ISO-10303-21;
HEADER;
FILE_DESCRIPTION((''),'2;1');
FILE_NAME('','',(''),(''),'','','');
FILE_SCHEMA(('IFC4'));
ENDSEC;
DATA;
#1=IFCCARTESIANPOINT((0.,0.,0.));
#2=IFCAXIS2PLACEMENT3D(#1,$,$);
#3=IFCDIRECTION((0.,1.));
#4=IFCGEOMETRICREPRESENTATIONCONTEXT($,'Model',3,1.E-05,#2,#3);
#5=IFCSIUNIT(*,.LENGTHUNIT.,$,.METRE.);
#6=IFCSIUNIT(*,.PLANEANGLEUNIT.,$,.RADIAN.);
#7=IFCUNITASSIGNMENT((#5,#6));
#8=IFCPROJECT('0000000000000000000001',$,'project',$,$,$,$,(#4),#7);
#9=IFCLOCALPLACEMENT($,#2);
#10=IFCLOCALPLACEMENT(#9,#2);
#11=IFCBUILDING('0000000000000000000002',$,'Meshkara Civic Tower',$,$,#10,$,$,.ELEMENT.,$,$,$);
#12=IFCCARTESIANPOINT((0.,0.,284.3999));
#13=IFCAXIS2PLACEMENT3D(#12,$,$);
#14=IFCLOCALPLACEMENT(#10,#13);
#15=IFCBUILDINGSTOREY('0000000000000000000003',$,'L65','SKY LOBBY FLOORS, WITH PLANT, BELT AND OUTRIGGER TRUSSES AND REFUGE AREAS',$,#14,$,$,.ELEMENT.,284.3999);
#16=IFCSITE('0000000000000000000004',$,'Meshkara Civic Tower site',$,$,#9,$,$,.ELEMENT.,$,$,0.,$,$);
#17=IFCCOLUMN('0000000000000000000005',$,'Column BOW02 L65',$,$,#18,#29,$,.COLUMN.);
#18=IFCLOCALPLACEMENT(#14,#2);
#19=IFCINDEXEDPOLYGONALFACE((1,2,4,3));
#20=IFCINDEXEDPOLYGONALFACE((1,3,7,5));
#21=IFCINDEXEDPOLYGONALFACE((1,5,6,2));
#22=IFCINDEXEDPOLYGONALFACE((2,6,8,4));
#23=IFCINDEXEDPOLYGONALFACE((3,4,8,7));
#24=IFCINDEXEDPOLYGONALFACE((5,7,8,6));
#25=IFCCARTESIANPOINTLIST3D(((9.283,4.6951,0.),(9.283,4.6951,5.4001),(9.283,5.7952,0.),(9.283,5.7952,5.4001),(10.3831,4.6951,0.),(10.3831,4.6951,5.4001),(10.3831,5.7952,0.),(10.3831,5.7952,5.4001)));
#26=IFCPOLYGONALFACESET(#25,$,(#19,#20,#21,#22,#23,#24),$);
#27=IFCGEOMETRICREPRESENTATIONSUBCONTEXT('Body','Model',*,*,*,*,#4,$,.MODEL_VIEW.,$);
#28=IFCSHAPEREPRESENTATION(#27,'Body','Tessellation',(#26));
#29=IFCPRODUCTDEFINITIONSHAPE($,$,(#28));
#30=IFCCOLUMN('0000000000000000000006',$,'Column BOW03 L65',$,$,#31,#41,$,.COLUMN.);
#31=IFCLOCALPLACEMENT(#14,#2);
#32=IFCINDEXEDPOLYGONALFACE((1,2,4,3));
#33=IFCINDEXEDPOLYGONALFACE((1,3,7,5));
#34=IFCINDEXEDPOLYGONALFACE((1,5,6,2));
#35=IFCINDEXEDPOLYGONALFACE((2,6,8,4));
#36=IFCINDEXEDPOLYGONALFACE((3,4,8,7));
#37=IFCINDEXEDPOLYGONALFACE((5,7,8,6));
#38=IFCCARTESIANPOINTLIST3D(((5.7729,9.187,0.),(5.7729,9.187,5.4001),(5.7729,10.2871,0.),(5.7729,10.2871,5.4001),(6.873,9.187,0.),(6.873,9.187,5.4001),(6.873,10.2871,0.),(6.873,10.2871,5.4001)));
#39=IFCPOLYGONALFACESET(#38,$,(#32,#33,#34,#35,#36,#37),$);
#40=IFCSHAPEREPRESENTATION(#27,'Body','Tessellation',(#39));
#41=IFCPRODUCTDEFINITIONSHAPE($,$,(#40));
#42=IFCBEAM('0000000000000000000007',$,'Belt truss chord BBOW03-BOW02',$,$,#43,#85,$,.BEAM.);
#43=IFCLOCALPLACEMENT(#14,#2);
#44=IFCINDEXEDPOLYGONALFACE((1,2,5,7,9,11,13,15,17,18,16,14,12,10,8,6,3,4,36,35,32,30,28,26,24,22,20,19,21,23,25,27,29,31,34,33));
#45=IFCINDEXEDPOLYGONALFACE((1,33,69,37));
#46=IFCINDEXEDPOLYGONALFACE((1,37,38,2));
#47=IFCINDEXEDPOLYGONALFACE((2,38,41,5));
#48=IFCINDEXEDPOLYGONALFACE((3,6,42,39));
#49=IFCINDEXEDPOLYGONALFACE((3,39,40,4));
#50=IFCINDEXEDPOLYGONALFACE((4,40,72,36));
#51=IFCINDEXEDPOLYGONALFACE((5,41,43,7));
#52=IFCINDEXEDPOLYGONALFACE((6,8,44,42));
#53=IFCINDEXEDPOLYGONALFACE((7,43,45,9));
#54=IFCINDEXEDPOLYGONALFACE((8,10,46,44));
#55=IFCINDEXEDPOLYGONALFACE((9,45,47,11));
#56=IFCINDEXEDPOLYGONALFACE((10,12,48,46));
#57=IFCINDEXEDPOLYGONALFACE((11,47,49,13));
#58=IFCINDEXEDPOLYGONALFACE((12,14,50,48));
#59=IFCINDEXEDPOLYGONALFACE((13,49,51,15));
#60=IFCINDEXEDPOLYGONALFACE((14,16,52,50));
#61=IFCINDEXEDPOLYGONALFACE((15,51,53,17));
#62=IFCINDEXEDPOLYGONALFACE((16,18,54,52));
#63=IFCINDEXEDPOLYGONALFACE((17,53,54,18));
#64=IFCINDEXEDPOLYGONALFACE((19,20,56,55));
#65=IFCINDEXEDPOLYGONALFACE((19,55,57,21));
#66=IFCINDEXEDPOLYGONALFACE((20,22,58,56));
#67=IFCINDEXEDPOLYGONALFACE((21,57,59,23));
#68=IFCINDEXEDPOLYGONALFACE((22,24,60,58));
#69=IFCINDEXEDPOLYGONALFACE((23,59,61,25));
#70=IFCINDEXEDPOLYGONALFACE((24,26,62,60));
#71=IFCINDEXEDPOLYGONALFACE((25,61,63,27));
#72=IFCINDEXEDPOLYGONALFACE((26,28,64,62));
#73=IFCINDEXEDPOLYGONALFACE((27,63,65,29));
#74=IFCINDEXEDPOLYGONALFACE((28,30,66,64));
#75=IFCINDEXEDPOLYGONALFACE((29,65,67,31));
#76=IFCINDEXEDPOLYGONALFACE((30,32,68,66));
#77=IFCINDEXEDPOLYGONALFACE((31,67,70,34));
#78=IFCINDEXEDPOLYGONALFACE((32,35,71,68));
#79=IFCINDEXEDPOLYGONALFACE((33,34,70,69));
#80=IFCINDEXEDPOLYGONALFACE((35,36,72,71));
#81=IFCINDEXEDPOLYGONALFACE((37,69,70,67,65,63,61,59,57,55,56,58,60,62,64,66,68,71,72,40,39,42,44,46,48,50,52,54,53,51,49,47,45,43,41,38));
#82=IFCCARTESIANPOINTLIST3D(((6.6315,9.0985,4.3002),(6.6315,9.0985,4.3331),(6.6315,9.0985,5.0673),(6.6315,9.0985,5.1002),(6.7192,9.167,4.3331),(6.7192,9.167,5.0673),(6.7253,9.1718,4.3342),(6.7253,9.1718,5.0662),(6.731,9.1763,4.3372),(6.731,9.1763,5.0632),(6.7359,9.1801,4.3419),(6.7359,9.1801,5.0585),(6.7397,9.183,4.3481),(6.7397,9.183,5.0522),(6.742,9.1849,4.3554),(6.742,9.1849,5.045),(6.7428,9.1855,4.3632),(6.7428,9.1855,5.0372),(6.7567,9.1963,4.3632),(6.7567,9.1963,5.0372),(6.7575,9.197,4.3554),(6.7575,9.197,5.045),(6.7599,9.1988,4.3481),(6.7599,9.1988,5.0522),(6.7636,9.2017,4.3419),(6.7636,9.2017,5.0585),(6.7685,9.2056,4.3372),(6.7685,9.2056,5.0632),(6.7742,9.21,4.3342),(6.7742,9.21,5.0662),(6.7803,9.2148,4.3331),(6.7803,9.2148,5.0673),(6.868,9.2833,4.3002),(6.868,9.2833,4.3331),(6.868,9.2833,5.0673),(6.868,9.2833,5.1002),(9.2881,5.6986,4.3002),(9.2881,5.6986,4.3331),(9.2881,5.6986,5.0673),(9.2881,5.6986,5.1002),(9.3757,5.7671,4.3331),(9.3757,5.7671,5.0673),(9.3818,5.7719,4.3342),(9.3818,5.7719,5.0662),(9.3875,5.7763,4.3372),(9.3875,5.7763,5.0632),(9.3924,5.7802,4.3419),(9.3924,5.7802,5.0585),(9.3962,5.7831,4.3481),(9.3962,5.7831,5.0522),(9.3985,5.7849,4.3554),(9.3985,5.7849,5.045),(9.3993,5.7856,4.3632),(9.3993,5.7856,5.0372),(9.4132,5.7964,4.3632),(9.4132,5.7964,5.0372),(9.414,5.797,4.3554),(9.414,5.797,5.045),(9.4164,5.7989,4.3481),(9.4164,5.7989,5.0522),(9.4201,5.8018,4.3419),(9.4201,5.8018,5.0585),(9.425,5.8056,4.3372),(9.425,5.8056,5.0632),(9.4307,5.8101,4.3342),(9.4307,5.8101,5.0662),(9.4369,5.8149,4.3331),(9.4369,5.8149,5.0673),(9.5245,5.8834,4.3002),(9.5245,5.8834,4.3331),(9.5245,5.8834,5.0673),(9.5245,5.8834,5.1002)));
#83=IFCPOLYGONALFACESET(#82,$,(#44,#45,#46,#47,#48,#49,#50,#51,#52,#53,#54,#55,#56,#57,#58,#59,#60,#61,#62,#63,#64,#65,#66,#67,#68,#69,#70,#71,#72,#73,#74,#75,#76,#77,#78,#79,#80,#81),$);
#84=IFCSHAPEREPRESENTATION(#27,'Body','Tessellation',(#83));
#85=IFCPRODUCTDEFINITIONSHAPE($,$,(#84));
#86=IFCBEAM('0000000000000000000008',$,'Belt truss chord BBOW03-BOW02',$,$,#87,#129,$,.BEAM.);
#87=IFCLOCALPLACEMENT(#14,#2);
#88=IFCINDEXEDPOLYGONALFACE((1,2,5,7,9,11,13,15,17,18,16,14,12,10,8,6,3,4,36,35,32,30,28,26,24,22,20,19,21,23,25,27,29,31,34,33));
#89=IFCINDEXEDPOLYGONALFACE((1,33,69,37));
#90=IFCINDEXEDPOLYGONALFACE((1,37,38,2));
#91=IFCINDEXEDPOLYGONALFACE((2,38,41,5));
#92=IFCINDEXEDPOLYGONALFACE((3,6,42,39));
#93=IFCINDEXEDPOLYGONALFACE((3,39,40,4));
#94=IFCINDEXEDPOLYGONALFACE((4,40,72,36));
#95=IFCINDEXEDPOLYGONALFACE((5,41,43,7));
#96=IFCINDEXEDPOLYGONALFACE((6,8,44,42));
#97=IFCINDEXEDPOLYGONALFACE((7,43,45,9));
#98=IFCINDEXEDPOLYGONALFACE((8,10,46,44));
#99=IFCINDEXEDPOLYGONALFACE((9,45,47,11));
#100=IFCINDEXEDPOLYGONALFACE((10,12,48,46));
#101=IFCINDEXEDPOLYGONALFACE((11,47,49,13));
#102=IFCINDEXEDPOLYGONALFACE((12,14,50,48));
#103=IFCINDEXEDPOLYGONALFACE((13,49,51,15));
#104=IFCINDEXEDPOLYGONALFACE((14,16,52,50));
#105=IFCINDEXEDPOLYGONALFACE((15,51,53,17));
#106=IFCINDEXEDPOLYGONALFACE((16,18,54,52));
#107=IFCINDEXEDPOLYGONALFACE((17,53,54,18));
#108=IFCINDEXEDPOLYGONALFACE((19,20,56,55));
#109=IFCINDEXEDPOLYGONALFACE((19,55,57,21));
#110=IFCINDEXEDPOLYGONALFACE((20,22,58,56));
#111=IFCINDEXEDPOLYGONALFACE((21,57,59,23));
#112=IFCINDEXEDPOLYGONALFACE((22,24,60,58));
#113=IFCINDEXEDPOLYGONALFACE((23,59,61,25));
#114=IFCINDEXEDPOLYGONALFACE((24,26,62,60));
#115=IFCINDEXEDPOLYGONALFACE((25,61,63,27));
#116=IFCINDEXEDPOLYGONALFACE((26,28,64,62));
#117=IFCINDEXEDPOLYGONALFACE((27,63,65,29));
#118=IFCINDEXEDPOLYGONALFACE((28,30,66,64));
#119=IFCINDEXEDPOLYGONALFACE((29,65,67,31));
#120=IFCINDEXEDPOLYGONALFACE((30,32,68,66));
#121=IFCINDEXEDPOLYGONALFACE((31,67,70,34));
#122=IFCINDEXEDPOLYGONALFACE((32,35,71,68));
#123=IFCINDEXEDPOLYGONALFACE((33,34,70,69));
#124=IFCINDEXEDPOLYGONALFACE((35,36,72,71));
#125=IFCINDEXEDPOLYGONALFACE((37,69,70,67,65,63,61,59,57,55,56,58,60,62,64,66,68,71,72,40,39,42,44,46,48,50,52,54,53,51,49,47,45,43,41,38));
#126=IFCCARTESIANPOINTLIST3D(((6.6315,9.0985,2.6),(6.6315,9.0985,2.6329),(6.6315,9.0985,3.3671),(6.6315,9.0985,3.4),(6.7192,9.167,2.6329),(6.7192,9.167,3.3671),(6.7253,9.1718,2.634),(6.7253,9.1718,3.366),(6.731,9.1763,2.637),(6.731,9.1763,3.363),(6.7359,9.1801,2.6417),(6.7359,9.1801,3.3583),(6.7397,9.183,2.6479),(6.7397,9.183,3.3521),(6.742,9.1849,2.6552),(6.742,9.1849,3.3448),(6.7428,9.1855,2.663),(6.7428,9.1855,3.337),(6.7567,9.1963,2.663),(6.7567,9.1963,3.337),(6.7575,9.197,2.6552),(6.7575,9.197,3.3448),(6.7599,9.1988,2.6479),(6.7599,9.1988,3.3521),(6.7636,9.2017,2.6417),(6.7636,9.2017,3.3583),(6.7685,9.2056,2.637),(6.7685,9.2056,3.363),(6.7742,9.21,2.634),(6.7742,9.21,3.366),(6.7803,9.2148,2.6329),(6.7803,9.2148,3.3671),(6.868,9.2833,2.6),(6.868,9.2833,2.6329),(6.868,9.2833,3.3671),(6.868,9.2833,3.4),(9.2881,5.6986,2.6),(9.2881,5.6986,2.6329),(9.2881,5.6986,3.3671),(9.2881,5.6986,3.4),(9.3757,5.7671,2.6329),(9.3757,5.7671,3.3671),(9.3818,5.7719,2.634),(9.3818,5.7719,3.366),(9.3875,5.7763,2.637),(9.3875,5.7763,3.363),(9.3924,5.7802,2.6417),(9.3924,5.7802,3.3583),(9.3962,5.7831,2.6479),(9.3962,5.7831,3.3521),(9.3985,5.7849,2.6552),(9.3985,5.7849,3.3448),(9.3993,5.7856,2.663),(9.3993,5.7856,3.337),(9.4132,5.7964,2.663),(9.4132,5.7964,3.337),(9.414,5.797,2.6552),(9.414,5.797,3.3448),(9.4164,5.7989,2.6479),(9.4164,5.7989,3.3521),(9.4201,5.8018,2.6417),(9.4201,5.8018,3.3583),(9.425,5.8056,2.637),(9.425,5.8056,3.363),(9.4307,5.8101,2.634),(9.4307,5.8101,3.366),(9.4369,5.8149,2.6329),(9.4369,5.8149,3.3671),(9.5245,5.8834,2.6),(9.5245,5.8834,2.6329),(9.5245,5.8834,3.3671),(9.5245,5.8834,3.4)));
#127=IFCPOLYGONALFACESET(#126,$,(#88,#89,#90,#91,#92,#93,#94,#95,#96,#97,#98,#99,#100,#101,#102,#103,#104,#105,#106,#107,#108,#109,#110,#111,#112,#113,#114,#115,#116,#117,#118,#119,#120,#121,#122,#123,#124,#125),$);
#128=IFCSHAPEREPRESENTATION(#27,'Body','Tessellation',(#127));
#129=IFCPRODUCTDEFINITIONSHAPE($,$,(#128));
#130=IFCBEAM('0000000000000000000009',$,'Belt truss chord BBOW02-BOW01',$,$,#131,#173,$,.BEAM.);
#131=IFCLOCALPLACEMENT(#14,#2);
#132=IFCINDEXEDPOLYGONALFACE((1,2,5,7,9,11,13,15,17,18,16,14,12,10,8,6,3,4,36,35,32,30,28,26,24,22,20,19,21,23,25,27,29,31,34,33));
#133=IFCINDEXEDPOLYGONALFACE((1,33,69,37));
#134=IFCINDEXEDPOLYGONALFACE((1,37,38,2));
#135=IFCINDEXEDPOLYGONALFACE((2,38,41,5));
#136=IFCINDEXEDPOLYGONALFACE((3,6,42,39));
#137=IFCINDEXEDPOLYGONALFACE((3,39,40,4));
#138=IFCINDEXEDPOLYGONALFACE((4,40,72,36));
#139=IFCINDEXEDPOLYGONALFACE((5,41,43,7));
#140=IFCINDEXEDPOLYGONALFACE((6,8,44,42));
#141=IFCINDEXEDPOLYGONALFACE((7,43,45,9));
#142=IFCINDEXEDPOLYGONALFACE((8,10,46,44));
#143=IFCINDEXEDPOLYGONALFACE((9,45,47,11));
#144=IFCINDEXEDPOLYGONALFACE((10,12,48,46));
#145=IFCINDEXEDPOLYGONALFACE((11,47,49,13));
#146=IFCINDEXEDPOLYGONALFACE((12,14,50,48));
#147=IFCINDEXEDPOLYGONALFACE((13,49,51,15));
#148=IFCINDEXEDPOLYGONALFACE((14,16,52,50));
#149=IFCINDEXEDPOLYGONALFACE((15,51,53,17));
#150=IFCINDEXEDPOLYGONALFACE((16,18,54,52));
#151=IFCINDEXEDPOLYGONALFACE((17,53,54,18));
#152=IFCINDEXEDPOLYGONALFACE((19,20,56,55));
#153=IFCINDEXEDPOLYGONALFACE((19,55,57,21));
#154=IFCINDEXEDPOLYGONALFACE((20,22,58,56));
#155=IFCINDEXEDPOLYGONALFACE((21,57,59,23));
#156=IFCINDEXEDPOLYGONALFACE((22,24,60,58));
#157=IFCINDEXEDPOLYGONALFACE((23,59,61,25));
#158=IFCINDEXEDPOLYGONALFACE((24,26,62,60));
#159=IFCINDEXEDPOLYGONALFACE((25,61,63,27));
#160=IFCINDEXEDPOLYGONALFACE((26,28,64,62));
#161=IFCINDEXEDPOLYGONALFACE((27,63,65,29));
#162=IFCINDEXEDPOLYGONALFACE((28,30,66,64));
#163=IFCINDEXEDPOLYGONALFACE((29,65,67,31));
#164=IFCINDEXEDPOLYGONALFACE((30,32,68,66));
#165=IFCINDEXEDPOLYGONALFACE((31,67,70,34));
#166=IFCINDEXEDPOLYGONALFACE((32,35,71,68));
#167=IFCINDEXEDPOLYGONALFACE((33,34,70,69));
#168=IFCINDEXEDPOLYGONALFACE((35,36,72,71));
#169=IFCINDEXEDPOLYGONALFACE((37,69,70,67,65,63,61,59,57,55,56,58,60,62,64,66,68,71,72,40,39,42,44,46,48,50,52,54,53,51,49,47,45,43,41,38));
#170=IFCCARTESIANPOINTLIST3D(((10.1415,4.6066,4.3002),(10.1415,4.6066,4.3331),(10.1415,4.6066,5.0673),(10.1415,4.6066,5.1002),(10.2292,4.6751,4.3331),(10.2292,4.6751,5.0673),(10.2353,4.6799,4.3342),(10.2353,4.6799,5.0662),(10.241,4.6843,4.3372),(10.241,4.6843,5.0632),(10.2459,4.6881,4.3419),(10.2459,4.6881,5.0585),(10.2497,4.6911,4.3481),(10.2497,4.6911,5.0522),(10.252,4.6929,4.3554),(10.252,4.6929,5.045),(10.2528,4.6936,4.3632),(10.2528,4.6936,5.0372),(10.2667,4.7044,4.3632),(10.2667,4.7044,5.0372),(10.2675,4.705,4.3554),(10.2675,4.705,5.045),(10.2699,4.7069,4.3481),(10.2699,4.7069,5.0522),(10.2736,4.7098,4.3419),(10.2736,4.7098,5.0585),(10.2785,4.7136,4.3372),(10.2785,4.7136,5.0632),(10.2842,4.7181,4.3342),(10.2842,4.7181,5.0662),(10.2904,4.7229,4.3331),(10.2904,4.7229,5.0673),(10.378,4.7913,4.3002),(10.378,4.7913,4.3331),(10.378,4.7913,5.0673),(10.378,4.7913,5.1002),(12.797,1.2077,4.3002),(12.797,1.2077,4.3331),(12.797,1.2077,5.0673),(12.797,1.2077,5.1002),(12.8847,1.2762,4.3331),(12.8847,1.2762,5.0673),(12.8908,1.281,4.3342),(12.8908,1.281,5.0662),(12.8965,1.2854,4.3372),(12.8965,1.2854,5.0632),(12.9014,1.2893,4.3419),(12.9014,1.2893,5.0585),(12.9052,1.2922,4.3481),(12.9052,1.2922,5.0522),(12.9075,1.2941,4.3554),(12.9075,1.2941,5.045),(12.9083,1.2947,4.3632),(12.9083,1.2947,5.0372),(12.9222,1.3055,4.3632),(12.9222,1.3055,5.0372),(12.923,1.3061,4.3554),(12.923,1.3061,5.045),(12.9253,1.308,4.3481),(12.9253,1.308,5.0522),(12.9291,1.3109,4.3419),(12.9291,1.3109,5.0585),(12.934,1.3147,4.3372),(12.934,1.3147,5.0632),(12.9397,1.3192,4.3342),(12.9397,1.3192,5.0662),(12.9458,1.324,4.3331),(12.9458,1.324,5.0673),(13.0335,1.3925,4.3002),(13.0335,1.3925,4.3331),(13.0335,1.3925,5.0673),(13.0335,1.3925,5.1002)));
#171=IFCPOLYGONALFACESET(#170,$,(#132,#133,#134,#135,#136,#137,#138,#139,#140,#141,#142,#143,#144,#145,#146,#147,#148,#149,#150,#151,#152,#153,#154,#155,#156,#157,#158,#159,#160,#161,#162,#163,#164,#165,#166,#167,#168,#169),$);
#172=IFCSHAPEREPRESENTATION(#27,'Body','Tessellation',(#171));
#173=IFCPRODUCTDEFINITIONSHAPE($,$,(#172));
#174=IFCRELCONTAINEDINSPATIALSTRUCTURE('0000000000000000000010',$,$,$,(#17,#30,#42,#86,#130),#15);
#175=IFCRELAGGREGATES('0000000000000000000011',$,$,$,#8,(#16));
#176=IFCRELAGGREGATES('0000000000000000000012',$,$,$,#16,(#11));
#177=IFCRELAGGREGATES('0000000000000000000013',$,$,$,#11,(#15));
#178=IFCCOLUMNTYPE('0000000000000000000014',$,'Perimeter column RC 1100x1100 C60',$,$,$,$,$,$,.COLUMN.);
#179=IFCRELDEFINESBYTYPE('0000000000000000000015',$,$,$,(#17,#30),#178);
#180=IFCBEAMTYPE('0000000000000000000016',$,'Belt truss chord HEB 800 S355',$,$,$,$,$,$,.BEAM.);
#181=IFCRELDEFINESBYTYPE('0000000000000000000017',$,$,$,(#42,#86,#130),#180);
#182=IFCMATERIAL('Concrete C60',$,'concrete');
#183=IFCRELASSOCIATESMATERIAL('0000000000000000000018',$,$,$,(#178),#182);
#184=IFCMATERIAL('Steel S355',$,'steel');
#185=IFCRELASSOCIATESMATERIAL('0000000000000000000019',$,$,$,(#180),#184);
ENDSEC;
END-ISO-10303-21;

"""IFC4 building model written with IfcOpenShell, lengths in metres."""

from ifc_helpers import new_model, si_unit, direction, frame, origin, origin_2d, place, context, subcontext, project, spatial, rectangle, i_section, extrude, material, material_profile, profile_set, type_object, element, save


model = new_model("IFC4")

# Units and contexts
model_context = context("Model", 3, precision=1e-05, world=origin(), true_north=direction((0.0, 1.0)))
body_context = subcontext(model_context, "Body", "Model", "MODEL_VIEW")
ifc_project = project(units=[si_unit("LENGTHUNIT", "METRE"), si_unit("PLANEANGLEUNIT", "RADIAN")], contexts=[model_context])

# Site, building, storey
site_placement = place(None, origin())
site = spatial("IfcSite", under=ifc_project, at=site_placement, Name="Meshkara Civic Tower site", CompositionType="ELEMENT", RefElevation=0.0)
building_placement = place(site_placement, origin())
building = spatial("IfcBuilding", under=site, at=building_placement, Name="Meshkara Civic Tower", CompositionType="ELEMENT")
storey_placement = place(building_placement, frame((0.0, 0.0, 284.3999)))
storey = spatial("IfcBuildingStorey", under=building, at=storey_placement, Name="L65", Description="SKY LOBBY FLOORS, WITH PLANT, BELT AND OUTRIGGER TRUSSES AND REFUGE AREAS", CompositionType="ELEMENT", Elevation=284.3999)

# Columns
ifc_material_1 = material(Name="Concrete C60", Category="concrete")
ifc_material_profile_1 = material_profile(ifc_material_1, rectangle(XDim=1.1001, YDim=1.1001, at=origin_2d()))
ifc_profile_set_1 = profile_set([ifc_material_profile_1], Name="Concrete C60")
column_type = type_object("IfcColumnType", Name="Perimeter column RC 1100x1100 C60", PredefinedType="COLUMN", material=ifc_profile_set_1)
for number, where, z_axis, x_axis, name in (
    (1, (9.833, 5.2451, 0.0), (0.0, 0.0, 1.0), (1.0, 0.0, 0.0), "Column BOW02 L65"),
    (2, (6.323, 9.7371, 0.0), (0.0, 0.0, 1.0), (1.0, 0.0, 0.0), "Column BOW03 L65"),
):
    element("IfcColumn", number, at=place(storey_placement, frame(where, z_axis=z_axis, x_axis=x_axis)), inside=storey, type_object=column_type, Name=name, PredefinedType="COLUMN", context=body_context, shape_type="SweptSolid", body=[
        extrude(rectangle(XDim=1.1001, YDim=1.1001, at=origin_2d()), origin(), (0.0, 0.0, 1.0), 5.4001),
    ])

# Beams
ifc_material_2 = material(Name="Steel S355", Category="steel")
ifc_material_profile_2 = material_profile(ifc_material_2, i_section(OverallWidth=0.3, OverallDepth=0.8, WebThickness=0.0176, FlangeThickness=0.033, FilletRadius=0.03, at=origin_2d()))
ifc_profile_set_2 = profile_set([ifc_material_profile_2], Name="Steel S355")
beam_type = type_object("IfcBeamType", Name="Belt truss chord HEB 800 S355", PredefinedType="BEAM", material=ifc_profile_set_2)
for number, where, z_axis, x_axis, name in (
    (3, (6.7498, 9.1909, 4.7002), (0.61569, -0.787988, 0.0), (0.787988, 0.61569, 0.0), "Belt truss chord BBOW03-BOW02"),
    (4, (6.7498, 9.1909, 3.0), (0.61569, -0.787988, 0.0), (0.787988, 0.61569, 0.0), "Belt truss chord BBOW03-BOW02"),
):
    element("IfcBeam", number, at=place(storey_placement, frame(where, z_axis=z_axis, x_axis=x_axis)), inside=storey, type_object=beam_type, Name=name, PredefinedType="BEAM", context=body_context, shape_type="SweptSolid", body=[
        extrude(i_section(OverallWidth=0.3, OverallDepth=0.8, WebThickness=0.0176, FlangeThickness=0.033, FilletRadius=0.03, at=origin_2d()), origin(), (0.0, 0.0, 1.0), 4.3147),
    ])
for number, where, z_axis, x_axis, name in (
    (5, (10.2598, 4.699, 4.7002), (0.615659, -0.788012, 0.0), (0.788012, 0.615659, 0.0), "Belt truss chord BBOW02-BOW01"),
):
    element("IfcBeam", number, at=place(storey_placement, frame(where, z_axis=z_axis, x_axis=x_axis)), inside=storey, type_object=beam_type, Name=name, PredefinedType="BEAM", context=body_context, shape_type="SweptSolid", body=[
        extrude(i_section(OverallWidth=0.3, OverallDepth=0.8, WebThickness=0.0176, FlangeThickness=0.033, FilletRadius=0.03, at=origin_2d()), origin(), (0.0, 0.0, 1.0), 4.3132),
    ])

save(model, "model.ifc")
